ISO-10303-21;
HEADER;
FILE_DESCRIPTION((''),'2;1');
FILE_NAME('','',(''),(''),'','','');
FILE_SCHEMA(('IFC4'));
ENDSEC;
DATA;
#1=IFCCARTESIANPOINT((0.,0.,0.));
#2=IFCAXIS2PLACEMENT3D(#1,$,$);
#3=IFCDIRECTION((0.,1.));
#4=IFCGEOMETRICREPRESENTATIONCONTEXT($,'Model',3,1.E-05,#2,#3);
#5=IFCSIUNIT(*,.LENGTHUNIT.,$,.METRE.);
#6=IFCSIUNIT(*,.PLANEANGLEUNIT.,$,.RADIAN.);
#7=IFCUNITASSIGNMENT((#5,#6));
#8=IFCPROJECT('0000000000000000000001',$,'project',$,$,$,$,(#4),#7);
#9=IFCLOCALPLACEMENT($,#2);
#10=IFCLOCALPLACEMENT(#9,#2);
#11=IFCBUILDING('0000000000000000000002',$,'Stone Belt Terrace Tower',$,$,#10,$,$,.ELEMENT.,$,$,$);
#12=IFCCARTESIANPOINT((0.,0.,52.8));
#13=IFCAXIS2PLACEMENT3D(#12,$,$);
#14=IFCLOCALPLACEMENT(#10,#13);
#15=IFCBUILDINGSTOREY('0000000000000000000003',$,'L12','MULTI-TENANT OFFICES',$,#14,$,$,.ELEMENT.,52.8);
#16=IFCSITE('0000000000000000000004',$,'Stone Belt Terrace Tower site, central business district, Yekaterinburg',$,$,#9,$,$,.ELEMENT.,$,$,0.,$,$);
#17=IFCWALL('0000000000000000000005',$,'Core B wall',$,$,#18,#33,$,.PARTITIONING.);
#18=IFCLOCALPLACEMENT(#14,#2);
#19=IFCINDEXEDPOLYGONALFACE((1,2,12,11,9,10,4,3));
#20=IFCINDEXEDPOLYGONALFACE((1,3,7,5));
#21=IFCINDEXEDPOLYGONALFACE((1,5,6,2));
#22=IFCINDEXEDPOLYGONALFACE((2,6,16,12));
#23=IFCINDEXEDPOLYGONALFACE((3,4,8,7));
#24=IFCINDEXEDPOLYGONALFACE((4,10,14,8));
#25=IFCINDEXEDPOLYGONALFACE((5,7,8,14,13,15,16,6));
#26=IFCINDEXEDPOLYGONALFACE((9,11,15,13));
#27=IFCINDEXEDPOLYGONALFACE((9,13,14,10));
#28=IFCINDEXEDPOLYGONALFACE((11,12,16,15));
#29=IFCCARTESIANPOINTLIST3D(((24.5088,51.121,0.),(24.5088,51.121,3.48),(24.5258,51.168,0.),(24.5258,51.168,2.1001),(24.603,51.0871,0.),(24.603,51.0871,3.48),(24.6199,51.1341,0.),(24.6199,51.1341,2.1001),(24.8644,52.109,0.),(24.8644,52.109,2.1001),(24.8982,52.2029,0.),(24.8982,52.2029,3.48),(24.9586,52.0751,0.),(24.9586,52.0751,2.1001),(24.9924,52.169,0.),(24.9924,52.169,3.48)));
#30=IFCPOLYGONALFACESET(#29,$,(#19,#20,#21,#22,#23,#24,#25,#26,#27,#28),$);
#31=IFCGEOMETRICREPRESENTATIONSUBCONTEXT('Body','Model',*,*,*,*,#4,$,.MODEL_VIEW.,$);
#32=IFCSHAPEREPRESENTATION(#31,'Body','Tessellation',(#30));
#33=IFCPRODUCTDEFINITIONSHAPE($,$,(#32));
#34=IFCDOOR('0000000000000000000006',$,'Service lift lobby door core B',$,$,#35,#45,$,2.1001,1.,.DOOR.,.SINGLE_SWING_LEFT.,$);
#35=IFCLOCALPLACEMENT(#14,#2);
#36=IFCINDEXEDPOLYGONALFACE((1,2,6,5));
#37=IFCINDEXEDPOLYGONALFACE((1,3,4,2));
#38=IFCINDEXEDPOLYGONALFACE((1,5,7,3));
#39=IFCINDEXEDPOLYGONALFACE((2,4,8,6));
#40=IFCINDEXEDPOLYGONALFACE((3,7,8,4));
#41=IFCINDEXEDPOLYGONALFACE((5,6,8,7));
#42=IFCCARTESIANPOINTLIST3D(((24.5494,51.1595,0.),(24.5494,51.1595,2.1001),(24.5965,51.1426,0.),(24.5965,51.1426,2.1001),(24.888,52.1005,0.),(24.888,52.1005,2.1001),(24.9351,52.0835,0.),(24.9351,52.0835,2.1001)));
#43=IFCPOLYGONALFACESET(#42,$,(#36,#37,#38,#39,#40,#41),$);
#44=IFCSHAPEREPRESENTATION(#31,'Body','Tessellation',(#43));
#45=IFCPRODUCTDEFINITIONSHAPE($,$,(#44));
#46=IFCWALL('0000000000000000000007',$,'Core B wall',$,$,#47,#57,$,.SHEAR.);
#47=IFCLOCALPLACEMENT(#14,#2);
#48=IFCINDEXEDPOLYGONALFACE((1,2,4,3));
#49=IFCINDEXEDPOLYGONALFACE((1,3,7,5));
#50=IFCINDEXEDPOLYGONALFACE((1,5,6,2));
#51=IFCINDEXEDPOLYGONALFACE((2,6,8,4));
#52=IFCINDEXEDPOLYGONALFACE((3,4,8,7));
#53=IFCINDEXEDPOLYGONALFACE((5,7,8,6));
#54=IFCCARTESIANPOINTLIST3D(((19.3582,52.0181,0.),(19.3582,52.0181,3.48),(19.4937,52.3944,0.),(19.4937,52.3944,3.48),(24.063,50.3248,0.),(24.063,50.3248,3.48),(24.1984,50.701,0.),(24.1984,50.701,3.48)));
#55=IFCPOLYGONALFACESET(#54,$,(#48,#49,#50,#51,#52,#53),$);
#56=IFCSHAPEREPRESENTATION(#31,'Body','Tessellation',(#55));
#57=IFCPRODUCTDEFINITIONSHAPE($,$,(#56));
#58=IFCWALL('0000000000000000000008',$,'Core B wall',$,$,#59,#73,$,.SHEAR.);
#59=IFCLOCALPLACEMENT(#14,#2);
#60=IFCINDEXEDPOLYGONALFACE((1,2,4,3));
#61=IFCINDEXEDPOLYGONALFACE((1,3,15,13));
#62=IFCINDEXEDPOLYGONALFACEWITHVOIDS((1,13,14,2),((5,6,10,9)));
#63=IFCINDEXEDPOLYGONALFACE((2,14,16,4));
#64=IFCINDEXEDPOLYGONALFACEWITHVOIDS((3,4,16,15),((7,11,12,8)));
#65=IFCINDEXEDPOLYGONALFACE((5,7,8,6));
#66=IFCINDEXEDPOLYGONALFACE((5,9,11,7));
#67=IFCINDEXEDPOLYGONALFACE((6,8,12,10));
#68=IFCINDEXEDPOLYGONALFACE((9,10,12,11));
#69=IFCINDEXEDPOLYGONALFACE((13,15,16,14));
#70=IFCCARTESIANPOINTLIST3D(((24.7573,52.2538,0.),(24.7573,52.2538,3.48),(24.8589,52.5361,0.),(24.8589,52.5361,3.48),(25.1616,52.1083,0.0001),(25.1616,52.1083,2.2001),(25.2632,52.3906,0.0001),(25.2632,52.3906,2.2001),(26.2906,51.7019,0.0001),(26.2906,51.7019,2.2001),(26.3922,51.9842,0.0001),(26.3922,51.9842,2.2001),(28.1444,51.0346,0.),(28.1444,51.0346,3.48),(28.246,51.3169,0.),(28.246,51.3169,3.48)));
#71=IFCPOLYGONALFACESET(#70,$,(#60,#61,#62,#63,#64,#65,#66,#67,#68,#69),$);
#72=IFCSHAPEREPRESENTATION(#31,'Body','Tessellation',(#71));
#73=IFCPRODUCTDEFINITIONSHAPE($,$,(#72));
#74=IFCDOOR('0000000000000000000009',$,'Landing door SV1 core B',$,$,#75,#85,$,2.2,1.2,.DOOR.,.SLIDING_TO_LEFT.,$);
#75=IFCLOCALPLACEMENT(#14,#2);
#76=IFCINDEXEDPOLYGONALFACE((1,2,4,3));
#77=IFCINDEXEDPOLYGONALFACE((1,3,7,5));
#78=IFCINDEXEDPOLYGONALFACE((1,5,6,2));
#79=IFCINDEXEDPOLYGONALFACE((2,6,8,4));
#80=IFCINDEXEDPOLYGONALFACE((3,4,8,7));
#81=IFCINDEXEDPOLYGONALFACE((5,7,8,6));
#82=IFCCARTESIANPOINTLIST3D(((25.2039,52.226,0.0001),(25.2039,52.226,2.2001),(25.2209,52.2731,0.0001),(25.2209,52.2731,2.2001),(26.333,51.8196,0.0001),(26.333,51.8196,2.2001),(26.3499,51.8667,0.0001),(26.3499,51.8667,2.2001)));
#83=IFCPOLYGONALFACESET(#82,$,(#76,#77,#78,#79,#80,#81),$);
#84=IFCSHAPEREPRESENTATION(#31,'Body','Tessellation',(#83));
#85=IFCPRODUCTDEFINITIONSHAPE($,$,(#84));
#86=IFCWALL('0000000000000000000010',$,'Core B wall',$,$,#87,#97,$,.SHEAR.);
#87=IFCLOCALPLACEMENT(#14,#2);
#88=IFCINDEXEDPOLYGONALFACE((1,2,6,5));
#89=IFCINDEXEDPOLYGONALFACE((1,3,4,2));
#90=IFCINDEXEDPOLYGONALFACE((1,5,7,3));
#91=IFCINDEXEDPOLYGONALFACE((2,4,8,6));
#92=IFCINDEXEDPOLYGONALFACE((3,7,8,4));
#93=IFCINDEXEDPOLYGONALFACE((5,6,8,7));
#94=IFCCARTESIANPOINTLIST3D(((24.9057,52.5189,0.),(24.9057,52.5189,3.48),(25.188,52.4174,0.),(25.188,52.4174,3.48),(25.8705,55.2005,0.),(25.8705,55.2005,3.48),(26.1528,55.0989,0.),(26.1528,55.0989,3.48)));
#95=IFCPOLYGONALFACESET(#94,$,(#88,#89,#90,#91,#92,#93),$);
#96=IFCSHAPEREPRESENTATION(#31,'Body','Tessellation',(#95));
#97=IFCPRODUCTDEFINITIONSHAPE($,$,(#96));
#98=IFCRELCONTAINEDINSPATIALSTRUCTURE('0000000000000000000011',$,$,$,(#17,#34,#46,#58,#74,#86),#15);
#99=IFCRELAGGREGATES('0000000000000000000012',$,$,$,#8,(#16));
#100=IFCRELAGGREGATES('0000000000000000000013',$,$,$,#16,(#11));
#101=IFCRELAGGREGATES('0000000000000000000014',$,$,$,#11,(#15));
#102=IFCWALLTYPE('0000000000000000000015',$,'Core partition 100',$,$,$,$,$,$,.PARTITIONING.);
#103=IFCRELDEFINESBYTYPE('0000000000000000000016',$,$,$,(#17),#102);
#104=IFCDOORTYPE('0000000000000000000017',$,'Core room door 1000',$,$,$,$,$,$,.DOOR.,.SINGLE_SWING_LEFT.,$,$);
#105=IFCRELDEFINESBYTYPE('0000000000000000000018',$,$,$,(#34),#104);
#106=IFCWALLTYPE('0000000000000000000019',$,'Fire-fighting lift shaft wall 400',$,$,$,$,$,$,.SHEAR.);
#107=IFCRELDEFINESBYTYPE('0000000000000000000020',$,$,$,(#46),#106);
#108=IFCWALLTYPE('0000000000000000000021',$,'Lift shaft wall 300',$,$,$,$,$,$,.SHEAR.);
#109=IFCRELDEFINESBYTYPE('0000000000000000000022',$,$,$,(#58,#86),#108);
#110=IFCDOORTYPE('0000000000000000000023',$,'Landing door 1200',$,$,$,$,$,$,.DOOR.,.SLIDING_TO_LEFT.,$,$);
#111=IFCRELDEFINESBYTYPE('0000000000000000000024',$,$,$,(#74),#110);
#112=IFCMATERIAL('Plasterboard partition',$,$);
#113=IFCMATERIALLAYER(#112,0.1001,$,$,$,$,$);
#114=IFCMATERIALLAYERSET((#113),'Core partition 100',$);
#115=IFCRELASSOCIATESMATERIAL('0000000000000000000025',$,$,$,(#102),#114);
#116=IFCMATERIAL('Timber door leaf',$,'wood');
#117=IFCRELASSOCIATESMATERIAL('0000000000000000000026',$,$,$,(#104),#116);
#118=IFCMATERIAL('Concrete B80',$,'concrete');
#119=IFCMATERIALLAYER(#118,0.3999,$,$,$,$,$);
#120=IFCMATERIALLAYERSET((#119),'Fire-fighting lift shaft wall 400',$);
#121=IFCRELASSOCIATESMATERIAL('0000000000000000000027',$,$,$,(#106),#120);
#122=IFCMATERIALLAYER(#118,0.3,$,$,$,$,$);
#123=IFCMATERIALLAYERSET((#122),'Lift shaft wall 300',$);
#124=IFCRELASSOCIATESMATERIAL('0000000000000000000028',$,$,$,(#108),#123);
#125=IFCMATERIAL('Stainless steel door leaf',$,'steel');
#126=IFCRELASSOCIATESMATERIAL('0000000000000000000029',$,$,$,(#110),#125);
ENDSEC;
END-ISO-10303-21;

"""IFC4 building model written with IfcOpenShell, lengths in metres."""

from ifc_helpers import new_model, si_unit, direction, frame, frame_2d, origin, place, context, subcontext, project, spatial, rectangle, extrude, material, layer, layer_set, type_object, element, fill, save


model = new_model("IFC4")

# Units and contexts
model_context = context("Model", 3, precision=1e-05, world=origin(), true_north=direction((0.0, 1.0)))
body_context = subcontext(model_context, "Body", "Model", "MODEL_VIEW")
ifc_project = project(units=[si_unit("LENGTHUNIT", "METRE"), si_unit("PLANEANGLEUNIT", "RADIAN")], contexts=[model_context])

# Site, building, storey
site_placement = place(None, origin())
site = spatial("IfcSite", under=ifc_project, at=site_placement, Name="Stone Belt Terrace Tower site, central business district, Yekaterinburg", CompositionType="ELEMENT", RefElevation=0.0)
building_placement = place(site_placement, origin())
building = spatial("IfcBuilding", under=site, at=building_placement, Name="Stone Belt Terrace Tower", CompositionType="ELEMENT")
storey_placement = place(building_placement, frame((0.0, 0.0, 52.8)))
storey = spatial("IfcBuildingStorey", under=building, at=storey_placement, Name="L12", Description="MULTI-TENANT OFFICES", CompositionType="ELEMENT", Elevation=52.8)

# Wall, opening, door
ifc_material_1 = material(Name="Plasterboard partition")
ifc_layer_1 = layer(ifc_material_1, 0.1001)
ifc_layer_set_1 = layer_set([ifc_layer_1], Name="Core partition 100")
wall_type_1 = type_object("IfcWallType", Name="Core partition 100", PredefinedType="PARTITIONING", material=ifc_layer_set_1)
wall_1_placement = place(storey_placement, frame((24.5559, 51.104, 0.0), z_axis=(0.0, 0.0, 1.0), x_axis=(0.338622, 0.940923, 0.0)))
wall_1 = element("IfcWall", 1, at=wall_1_placement, inside=storey, type_object=wall_type_1, Name="Core B wall", PredefinedType="PARTITIONING", context=body_context, shape_type="SweptSolid", body=[
    extrude(rectangle(XDim=1.1499, YDim=0.1001, at=frame_2d((0.575, 0.0))), origin(), (0.0, 0.0, 1.0), 3.48),
])
opening_1_placement = place(wall_1_placement, frame((0.05, 0.0, 0.0)))
opening_1 = element("IfcOpeningElement", 2, at=opening_1_placement, cuts=wall_1, PredefinedType="OPENING", context=body_context, shape_type="SweptSolid", body=[
    extrude(rectangle(XDim=1.0, YDim=2.1001, at=frame_2d((0.5, 1.05))), frame((0.0, 0.0601, 0.0), z_axis=(0.0, -1.0, 0.0), x_axis=(1.0, 0.0, 0.0)), (0.0, 0.0, 1.0), 0.1201),
])
ifc_material_2 = material(Name="Timber door leaf", Category="wood")
door_type_1 = type_object("IfcDoorType", Name="Core room door 1000", OperationType="SINGLE_SWING_LEFT", PredefinedType="DOOR", material=ifc_material_2)
door_1_placement = place(opening_1_placement, origin())
door_1 = element("IfcDoor", 3, at=door_1_placement, inside=storey, type_object=door_type_1, Name="Service lift lobby door core B", OperationType="SINGLE_SWING_LEFT", OverallHeight=2.1001, OverallWidth=1.0, PredefinedType="DOOR", context=body_context, shape_type="SweptSolid", body=[
    extrude(rectangle(XDim=1.0, YDim=2.1001, at=frame_2d((0.5, 1.05))), frame((0.0, 0.0249, 0.0), z_axis=(0.0, -1.0, 0.0), x_axis=(1.0, 0.0, 0.0)), (0.0, 0.0, 1.0), 0.05),
])
fill(opening_1, door_1)

# Wall
ifc_material_3 = material(Name="Concrete B80", Category="concrete")
ifc_layer_2 = layer(ifc_material_3, 0.3999)
ifc_layer_set_2 = layer_set([ifc_layer_2], Name="Fire-fighting lift shaft wall 400")
wall_type_2 = type_object("IfcWallType", Name="Fire-fighting lift shaft wall 400", PredefinedType="SHEAR", material=ifc_layer_set_2)
wall_2_placement = place(storey_placement, frame((24.1306, 50.5129, 0.0), z_axis=(0.0, 0.0, 1.0), x_axis=(-0.940912, 0.338652, 0.0)))
element("IfcWall", 4, at=wall_2_placement, inside=storey, type_object=wall_type_2, Name="Core B wall", PredefinedType="SHEAR", context=body_context, shape_type="SweptSolid", body=[
    extrude(rectangle(XDim=5.0002, YDim=0.3999, at=frame_2d((2.5, 0.0))), origin(), (0.0, 0.0, 1.0), 3.48),
])

# Wall, opening, door
ifc_layer_3 = layer(ifc_material_3, 0.3)
ifc_layer_set_3 = layer_set([ifc_layer_3], Name="Lift shaft wall 300")
wall_type_3 = type_object("IfcWallType", Name="Lift shaft wall 300", PredefinedType="SHEAR", material=ifc_layer_set_3)
wall_3_placement = place(storey_placement, frame((28.1951, 51.1758, 0.0), z_axis=(0.0, 0.0, 1.0), x_axis=(-0.940901, 0.338681, 0.0)))
wall_3 = element("IfcWall", 5, at=wall_3_placement, inside=storey, type_object=wall_type_3, Name="Core B wall", PredefinedType="SHEAR", context=body_context, shape_type="SweptSolid", body=[
    extrude(rectangle(XDim=3.5999, YDim=0.3, at=frame_2d((1.7998, 0.0))), origin(), (0.0, 0.0, 1.0), 3.48),
])
opening_2_placement = place(wall_3_placement, frame((1.97, 0.0, 0.0)))
opening_2 = element("IfcOpeningElement", 6, at=opening_2_placement, cuts=wall_3, PredefinedType="OPENING", context=body_context, shape_type="SweptSolid", body=[
    extrude(rectangle(XDim=1.2, YDim=2.2, at=frame_2d((0.6001, 1.1001))), frame((0.0, 0.1599, 0.0), z_axis=(0.0, -1.0, 0.0), x_axis=(1.0, 0.0, 0.0)), (0.0, 0.0, 1.0), 0.3201),
])
ifc_material_4 = material(Name="Stainless steel door leaf", Category="steel")
door_type_2 = type_object("IfcDoorType", Name="Landing door 1200", OperationType="SLIDING_TO_LEFT", PredefinedType="DOOR", material=ifc_material_4)
door_2_placement = place(opening_2_placement, origin())
door_2 = element("IfcDoor", 7, at=door_2_placement, inside=storey, type_object=door_type_2, Name="Landing door SV1 core B", OperationType="SLIDING_TO_LEFT", OverallHeight=2.2, OverallWidth=1.2, PredefinedType="DOOR", context=body_context, shape_type="SweptSolid", body=[
    extrude(rectangle(XDim=1.2, YDim=2.2, at=frame_2d((0.6001, 1.1001))), frame((0.0, 0.0249, 0.0), z_axis=(0.0, -1.0, 0.0), x_axis=(1.0, 0.0, 0.0)), (0.0, 0.0, 1.0), 0.05),
])
fill(opening_2, door_2)

# Wall
wall_4_placement = place(storey_placement, frame((25.0469, 52.4683, 0.0), z_axis=(0.0, 0.0, 1.0), x_axis=(0.33855, 0.940949, 0.0)))
element("IfcWall", 8, at=wall_4_placement, inside=storey, type_object=wall_type_3, Name="Core B wall", PredefinedType="SHEAR", context=body_context, shape_type="SweptSolid", body=[
    extrude(rectangle(XDim=2.8499, YDim=0.3, at=frame_2d((1.4248, 0.0))), origin(), (0.0, 0.0, 1.0), 3.48),
])

save(model, "model.ifc")
